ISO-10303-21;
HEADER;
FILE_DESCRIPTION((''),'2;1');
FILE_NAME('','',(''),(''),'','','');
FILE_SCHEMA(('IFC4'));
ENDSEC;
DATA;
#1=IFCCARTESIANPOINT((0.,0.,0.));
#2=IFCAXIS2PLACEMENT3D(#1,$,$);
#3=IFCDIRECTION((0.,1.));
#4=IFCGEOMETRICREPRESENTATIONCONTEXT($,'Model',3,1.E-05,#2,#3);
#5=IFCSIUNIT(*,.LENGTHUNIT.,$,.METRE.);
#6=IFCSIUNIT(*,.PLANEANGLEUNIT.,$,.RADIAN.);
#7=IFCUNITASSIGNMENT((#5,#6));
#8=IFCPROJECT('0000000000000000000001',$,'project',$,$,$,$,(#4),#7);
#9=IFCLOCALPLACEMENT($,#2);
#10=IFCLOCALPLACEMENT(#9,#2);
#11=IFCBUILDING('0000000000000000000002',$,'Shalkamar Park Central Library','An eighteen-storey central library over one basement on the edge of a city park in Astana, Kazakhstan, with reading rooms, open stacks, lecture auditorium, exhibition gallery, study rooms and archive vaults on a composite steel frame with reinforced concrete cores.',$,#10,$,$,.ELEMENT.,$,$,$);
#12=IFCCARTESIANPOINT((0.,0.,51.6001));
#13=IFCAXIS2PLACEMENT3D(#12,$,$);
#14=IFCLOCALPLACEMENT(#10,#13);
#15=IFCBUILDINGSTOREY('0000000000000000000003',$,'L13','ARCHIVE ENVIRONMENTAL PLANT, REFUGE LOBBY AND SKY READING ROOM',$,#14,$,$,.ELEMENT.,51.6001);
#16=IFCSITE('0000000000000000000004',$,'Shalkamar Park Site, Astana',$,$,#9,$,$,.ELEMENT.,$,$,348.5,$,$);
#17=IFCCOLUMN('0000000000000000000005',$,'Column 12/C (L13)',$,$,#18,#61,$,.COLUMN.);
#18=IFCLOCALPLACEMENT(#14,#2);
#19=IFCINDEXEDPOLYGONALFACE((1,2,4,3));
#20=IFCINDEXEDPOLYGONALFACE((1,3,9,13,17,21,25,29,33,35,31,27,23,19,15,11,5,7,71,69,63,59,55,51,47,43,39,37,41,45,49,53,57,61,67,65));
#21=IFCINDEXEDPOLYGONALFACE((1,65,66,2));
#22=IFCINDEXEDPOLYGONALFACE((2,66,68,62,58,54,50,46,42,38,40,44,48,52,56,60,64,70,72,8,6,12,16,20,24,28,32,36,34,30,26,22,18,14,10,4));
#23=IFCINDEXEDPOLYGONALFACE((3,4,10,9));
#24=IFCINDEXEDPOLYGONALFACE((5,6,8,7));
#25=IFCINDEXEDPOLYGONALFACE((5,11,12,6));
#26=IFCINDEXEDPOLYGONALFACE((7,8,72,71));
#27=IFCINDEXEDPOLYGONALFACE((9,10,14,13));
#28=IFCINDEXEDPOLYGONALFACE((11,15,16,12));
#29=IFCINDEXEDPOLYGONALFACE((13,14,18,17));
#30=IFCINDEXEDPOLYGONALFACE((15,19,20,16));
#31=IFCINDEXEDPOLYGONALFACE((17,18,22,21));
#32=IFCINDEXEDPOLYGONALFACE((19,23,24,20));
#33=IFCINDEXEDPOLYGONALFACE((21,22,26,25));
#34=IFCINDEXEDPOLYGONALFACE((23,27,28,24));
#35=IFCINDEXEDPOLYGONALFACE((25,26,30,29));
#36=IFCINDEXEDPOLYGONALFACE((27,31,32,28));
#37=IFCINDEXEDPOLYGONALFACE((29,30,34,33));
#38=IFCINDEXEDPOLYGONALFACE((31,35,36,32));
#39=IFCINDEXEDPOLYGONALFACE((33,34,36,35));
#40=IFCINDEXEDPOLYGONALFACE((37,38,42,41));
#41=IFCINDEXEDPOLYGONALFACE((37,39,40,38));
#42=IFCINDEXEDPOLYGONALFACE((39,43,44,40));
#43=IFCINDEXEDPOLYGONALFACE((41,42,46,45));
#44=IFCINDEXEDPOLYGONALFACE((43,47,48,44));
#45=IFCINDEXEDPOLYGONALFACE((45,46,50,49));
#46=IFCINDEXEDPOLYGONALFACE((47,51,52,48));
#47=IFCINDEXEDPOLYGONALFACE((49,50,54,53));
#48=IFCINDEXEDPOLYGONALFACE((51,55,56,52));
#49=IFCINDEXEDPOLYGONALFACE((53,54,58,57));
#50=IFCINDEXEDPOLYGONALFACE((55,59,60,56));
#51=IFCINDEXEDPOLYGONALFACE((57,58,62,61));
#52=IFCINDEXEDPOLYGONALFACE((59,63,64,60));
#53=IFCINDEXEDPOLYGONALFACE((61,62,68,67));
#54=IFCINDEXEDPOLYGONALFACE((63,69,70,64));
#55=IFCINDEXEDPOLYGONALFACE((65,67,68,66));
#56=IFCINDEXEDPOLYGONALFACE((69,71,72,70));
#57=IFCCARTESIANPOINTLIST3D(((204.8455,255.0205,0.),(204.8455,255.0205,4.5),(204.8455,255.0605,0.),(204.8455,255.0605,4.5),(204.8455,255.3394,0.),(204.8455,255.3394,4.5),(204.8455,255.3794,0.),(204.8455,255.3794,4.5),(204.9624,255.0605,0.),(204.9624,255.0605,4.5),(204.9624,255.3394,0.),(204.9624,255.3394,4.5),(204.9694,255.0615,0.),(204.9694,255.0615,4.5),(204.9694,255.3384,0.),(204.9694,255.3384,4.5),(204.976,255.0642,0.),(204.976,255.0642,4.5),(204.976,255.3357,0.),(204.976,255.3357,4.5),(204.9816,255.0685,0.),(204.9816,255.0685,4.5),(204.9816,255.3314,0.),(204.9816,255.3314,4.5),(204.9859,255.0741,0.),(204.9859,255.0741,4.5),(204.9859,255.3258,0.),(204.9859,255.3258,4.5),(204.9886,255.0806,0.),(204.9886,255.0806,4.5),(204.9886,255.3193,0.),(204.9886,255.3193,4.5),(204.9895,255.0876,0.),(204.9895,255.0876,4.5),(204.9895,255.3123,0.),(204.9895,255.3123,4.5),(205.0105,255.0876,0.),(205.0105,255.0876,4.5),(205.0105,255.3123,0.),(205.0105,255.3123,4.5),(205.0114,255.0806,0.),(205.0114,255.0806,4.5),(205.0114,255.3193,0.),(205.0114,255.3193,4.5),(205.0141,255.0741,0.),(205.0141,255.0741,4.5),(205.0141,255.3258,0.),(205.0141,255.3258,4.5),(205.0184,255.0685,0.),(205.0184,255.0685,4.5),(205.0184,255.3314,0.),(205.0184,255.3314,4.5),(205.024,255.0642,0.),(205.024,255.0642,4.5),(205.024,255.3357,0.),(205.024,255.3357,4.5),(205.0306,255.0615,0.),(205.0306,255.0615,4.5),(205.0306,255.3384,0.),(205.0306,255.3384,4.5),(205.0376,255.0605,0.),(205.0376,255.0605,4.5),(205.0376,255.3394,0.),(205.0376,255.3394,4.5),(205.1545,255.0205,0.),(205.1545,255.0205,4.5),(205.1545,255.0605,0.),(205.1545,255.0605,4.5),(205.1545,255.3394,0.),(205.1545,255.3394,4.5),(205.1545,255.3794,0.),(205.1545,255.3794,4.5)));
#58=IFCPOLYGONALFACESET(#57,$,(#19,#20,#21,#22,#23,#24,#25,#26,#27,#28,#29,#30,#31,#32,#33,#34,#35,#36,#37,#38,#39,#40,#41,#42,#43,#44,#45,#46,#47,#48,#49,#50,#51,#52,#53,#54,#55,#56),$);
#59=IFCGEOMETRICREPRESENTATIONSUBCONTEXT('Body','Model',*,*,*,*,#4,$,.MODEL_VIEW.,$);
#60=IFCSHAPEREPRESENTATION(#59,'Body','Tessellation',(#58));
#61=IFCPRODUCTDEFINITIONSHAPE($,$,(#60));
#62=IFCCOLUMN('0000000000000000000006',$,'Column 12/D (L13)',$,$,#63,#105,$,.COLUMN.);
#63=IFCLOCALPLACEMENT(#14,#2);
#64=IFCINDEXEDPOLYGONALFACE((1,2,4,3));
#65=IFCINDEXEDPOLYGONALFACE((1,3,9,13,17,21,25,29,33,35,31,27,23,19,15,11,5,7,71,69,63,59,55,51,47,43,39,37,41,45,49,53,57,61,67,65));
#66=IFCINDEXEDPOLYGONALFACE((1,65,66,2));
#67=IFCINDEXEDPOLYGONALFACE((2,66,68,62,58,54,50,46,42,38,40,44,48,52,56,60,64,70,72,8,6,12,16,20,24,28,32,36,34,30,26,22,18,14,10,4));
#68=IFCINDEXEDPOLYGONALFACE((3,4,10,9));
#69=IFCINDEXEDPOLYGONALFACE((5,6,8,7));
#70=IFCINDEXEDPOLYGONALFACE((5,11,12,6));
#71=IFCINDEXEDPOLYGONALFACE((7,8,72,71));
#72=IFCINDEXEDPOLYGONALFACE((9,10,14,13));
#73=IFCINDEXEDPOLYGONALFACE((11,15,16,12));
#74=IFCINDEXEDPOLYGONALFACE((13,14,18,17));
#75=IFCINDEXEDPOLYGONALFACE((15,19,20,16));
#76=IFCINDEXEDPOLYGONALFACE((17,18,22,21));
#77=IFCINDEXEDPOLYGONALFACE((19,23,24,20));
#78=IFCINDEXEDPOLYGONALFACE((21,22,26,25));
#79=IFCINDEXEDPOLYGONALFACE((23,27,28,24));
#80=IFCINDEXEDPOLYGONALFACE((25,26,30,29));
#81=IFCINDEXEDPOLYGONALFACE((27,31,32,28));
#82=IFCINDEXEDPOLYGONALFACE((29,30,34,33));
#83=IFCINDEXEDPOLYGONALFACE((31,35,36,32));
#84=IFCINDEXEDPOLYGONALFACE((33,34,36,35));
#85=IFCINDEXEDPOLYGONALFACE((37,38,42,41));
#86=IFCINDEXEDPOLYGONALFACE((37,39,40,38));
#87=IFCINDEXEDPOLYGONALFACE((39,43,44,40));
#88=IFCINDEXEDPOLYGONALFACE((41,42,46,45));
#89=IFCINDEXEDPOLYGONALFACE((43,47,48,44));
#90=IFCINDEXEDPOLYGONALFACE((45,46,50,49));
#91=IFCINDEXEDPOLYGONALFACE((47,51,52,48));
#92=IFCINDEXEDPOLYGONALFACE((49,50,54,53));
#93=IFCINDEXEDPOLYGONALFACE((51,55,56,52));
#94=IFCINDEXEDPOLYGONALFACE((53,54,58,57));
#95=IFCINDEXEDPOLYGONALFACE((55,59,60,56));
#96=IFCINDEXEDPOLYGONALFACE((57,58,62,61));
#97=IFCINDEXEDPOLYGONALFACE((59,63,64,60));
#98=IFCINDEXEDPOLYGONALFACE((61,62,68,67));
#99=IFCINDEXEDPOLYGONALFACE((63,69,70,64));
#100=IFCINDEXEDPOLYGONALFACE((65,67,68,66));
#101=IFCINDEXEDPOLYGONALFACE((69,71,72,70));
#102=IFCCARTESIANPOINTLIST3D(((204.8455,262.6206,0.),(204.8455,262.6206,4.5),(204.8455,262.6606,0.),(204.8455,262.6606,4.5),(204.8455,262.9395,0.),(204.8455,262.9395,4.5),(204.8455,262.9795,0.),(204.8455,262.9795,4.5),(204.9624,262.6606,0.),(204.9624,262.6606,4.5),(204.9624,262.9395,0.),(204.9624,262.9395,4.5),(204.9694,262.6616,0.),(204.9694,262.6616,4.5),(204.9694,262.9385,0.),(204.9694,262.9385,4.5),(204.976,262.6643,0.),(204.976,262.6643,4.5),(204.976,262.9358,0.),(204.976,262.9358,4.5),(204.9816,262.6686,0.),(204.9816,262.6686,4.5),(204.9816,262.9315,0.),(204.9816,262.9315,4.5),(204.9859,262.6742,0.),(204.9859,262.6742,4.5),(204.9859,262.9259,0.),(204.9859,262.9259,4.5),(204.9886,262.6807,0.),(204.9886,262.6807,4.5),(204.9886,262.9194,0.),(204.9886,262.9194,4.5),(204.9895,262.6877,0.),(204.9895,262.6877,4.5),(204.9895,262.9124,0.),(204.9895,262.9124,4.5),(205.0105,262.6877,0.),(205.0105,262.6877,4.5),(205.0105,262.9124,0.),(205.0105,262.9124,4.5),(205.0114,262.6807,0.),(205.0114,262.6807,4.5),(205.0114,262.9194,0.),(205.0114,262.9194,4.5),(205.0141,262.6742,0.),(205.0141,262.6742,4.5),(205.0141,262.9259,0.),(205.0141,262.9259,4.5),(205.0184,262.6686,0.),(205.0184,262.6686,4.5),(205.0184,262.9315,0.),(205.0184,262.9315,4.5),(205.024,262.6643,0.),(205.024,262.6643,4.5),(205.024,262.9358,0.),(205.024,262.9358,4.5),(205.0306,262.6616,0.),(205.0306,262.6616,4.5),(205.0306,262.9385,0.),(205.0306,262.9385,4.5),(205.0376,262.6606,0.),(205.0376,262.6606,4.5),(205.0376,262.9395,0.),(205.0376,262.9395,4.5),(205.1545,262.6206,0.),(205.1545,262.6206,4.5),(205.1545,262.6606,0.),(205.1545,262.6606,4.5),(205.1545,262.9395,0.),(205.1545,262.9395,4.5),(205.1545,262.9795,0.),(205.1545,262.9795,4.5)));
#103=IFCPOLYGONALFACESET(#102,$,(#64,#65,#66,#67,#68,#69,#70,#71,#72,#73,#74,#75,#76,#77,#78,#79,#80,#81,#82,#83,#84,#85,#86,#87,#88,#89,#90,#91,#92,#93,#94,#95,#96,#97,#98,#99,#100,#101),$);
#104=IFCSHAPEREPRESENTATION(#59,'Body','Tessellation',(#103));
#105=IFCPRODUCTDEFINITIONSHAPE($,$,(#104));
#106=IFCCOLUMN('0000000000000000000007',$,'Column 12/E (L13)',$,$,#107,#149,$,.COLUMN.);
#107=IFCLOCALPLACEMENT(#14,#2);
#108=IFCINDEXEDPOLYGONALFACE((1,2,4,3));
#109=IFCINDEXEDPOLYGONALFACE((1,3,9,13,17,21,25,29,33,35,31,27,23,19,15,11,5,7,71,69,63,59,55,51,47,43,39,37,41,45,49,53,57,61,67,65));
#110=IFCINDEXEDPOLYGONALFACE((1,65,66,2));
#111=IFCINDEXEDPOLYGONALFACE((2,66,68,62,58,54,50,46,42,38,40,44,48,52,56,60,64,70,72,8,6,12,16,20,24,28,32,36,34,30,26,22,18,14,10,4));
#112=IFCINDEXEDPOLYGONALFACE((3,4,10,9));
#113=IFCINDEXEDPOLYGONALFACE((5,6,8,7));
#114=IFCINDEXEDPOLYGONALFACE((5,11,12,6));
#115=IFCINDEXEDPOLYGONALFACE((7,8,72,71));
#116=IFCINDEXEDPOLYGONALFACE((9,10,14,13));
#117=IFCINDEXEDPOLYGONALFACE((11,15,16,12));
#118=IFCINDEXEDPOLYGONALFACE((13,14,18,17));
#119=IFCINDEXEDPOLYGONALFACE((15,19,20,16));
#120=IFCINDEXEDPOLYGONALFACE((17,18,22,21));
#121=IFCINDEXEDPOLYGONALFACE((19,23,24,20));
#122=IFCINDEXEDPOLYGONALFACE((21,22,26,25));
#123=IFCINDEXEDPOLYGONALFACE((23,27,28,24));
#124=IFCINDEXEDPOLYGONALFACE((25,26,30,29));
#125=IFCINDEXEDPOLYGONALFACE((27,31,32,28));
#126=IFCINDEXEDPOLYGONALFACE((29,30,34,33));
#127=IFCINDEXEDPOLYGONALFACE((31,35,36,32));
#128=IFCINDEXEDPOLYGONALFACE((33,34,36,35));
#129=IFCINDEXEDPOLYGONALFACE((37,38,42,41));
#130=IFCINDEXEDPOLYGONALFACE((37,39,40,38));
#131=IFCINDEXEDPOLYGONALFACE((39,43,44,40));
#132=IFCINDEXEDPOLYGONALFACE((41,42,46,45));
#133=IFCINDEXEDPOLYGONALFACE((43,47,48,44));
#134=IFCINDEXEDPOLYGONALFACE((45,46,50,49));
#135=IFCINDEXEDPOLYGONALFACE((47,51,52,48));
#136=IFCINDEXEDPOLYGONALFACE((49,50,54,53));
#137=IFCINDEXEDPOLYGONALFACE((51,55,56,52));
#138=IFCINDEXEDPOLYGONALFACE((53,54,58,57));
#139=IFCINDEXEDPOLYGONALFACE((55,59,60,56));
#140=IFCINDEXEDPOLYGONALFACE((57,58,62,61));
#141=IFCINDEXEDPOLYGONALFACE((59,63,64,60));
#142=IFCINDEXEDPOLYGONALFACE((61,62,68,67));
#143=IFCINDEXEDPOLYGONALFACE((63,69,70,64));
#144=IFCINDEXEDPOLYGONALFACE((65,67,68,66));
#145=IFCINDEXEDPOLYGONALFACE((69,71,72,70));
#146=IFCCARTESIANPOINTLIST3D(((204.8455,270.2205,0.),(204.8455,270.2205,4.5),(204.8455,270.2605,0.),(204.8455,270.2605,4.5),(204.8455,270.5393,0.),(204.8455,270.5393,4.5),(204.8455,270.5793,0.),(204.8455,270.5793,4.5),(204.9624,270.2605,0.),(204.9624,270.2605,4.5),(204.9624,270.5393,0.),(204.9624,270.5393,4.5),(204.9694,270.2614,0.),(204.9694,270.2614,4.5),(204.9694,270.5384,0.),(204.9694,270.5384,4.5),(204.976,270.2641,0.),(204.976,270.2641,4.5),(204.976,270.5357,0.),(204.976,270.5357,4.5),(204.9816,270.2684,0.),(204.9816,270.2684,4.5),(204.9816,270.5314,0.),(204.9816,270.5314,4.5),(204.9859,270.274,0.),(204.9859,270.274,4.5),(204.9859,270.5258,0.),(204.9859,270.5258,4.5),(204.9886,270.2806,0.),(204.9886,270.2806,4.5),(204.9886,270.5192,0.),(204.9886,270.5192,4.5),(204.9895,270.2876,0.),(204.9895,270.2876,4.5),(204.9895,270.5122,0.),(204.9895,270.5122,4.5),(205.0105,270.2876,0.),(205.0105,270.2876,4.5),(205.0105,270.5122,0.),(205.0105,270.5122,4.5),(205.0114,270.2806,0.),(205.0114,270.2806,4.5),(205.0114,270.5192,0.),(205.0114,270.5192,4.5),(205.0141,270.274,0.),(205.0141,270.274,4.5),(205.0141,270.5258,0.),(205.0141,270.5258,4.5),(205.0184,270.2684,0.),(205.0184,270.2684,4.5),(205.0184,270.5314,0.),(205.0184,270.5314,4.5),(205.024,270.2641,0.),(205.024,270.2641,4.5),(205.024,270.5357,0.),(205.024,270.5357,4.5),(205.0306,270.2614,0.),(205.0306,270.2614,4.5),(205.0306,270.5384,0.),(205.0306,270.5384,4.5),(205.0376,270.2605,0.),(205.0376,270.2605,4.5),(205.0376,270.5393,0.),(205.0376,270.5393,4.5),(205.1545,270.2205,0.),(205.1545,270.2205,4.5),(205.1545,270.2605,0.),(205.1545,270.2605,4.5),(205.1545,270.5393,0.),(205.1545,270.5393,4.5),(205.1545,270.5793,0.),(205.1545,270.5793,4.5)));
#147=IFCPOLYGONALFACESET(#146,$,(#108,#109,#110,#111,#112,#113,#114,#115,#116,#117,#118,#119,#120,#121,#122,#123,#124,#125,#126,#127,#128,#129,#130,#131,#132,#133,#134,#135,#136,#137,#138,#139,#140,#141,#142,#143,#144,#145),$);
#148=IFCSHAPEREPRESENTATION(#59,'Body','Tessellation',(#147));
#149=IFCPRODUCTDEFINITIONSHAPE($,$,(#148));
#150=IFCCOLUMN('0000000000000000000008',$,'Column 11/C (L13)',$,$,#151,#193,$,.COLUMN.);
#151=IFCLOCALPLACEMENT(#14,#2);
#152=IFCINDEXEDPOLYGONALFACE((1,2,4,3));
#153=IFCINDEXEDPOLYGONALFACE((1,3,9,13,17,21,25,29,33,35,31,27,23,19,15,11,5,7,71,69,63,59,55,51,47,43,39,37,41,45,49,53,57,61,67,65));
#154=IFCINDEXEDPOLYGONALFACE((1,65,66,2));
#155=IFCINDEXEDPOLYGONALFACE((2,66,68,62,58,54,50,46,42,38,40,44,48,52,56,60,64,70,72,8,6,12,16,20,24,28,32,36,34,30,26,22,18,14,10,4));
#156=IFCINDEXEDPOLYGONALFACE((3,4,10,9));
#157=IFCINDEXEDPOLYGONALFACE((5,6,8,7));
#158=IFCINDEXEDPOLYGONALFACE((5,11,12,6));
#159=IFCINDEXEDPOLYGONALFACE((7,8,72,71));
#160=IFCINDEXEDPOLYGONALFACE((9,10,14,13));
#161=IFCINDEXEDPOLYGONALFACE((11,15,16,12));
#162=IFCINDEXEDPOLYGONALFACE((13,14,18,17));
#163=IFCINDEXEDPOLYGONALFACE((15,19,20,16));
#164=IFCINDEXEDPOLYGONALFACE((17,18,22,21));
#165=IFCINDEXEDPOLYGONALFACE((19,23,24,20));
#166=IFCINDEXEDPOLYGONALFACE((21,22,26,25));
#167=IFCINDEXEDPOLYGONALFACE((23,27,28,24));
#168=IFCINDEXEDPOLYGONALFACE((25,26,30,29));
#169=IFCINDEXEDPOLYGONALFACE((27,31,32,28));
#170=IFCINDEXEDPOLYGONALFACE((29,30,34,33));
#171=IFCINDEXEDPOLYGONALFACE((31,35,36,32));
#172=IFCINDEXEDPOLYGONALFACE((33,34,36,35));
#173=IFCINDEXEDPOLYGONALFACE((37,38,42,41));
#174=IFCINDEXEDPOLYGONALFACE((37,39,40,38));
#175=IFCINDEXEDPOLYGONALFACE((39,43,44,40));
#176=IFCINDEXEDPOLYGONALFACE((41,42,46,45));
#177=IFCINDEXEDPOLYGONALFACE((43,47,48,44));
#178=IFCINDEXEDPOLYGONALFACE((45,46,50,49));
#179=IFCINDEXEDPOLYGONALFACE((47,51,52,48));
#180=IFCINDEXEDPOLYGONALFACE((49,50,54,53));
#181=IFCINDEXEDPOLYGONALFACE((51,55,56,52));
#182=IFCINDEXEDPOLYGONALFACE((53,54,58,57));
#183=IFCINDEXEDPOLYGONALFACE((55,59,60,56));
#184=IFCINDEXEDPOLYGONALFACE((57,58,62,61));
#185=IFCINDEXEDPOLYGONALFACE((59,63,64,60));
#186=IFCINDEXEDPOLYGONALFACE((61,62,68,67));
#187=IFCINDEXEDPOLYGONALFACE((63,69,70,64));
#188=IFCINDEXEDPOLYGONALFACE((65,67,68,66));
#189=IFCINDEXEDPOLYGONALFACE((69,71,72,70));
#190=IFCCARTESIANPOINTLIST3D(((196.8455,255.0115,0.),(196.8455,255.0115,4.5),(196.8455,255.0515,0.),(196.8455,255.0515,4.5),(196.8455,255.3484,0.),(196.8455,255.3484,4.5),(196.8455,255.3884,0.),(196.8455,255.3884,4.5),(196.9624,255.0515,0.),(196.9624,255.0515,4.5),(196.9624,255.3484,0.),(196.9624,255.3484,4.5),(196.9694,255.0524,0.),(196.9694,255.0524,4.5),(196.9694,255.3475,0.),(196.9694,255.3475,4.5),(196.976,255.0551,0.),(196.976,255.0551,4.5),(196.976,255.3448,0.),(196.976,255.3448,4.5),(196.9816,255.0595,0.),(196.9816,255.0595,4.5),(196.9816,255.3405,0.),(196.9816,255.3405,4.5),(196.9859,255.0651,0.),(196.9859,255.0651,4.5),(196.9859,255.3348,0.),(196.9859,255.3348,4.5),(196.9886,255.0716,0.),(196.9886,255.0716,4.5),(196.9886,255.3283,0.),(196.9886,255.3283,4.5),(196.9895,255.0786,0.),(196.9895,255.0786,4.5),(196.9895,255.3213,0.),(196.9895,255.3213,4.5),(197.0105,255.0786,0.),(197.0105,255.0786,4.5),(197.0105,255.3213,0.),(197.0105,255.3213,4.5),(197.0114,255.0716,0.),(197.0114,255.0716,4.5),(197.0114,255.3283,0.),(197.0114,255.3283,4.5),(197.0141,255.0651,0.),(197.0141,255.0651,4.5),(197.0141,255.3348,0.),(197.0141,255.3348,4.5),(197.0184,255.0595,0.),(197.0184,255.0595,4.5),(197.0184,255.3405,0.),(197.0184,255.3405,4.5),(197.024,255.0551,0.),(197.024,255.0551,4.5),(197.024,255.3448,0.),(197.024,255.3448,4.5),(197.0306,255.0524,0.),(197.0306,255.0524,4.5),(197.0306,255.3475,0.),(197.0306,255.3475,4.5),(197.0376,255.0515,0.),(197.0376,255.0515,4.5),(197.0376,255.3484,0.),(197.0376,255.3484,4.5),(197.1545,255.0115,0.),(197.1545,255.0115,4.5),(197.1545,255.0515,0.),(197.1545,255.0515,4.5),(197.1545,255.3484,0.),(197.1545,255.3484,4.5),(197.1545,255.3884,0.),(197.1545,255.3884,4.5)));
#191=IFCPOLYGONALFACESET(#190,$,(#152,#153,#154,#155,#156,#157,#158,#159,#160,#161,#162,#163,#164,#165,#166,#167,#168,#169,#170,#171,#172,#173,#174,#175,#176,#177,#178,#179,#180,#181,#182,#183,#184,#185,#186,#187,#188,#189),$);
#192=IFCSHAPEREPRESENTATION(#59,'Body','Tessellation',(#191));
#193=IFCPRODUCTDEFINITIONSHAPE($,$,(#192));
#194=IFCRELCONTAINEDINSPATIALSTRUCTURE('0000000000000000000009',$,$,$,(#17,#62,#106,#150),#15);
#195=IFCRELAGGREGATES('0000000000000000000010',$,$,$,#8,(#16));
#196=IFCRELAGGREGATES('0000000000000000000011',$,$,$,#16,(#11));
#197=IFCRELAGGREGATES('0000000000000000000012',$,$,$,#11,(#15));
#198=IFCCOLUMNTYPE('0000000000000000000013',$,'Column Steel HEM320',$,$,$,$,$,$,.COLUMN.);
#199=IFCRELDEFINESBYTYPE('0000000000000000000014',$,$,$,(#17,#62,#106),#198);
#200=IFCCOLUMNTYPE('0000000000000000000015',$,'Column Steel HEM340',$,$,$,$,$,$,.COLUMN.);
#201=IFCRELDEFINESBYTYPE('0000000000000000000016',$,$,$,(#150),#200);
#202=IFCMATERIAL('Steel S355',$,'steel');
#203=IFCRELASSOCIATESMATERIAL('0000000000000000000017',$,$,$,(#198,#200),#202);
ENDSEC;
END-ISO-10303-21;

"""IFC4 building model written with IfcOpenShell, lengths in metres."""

from ifc_helpers import new_model, si_unit, direction, frame, origin, origin_2d, place, context, subcontext, project, spatial, i_section, extrude, material, material_profile, profile_set, type_object, element, save


model = new_model("IFC4")

# Units and contexts
model_context = context("Model", 3, precision=1e-05, world=origin(), true_north=direction((0.0, 1.0)))
body_context = subcontext(model_context, "Body", "Model", "MODEL_VIEW")
ifc_project = project(units=[si_unit("LENGTHUNIT", "METRE"), si_unit("PLANEANGLEUNIT", "RADIAN")], contexts=[model_context])

# Site, building, storey
site_placement = place(None, origin())
site = spatial("IfcSite", under=ifc_project, at=site_placement, Name="Shalkamar Park Site, Astana", CompositionType="ELEMENT", RefElevation=348.5)
building_placement = place(site_placement, origin())
building = spatial("IfcBuilding", under=site, at=building_placement, Name="Shalkamar Park Central Library", Description="An eighteen-storey central library over one basement on the edge of a city park in Astana, Kazakhstan, with reading rooms, open stacks, lecture auditorium, exhibition gallery, study rooms and archive vaults on a composite steel frame with reinforced concrete cores.", CompositionType="ELEMENT")
storey_placement = place(building_placement, frame((0.0, 0.0, 51.6001)))
storey = spatial("IfcBuildingStorey", under=building, at=storey_placement, Name="L13", Description="ARCHIVE ENVIRONMENTAL PLANT, REFUGE LOBBY AND SKY READING ROOM", CompositionType="ELEMENT", Elevation=51.6001)

# Columns
ifc_material_1 = material(Name="Steel S355", Category="steel")
ifc_material_profile_1 = material_profile(ifc_material_1, i_section(OverallWidth=0.3091, OverallDepth=0.3589, WebThickness=0.021, FlangeThickness=0.04, FilletRadius=0.0271, at=origin_2d()), Name="HEM 320")
ifc_profile_set_1 = profile_set([ifc_material_profile_1], Name="Steel S355")
column_type_1 = type_object("IfcColumnType", Name="Column Steel HEM320", PredefinedType="COLUMN", material=ifc_profile_set_1)
for number, where, z_axis, x_axis, name in (
    (1, (205.0, 255.2, 0.0), (0.0, 0.0, 1.0), (1.0, 0.0, 0.0), "Column 12/C (L13)"),
    (2, (205.0, 262.8, 0.0), (0.0, 0.0, 1.0), (1.0, 0.0, 0.0), "Column 12/D (L13)"),
    (3, (205.0, 270.3999, 0.0), (0.0, 0.0, 1.0), (1.0, 0.0, 0.0), "Column 12/E (L13)"),
):
    element("IfcColumn", number, at=place(storey_placement, frame(where, z_axis=z_axis, x_axis=x_axis)), inside=storey, type_object=column_type_1, Name=name, PredefinedType="COLUMN", context=body_context, shape_type="SweptSolid", body=[
        extrude(i_section(OverallWidth=0.3091, OverallDepth=0.3589, WebThickness=0.021, FlangeThickness=0.04, FilletRadius=0.0271, at=origin_2d()), origin(), (0.0, 0.0, 1.0), 4.5),
    ])
ifc_material_profile_2 = material_profile(ifc_material_1, i_section(OverallWidth=0.3091, OverallDepth=0.377, WebThickness=0.021, FlangeThickness=0.04, FilletRadius=0.0271, at=origin_2d()), Name="HEM 340")
ifc_profile_set_2 = profile_set([ifc_material_profile_2], Name="Steel S355")
column_type_2 = type_object("IfcColumnType", Name="Column Steel HEM340", PredefinedType="COLUMN", material=ifc_profile_set_2)
for number, where, z_axis, x_axis, name in (
    (4, (197.0, 255.2, 0.0), (0.0, 0.0, 1.0), (1.0, 0.0, 0.0), "Column 11/C (L13)"),
):
    element("IfcColumn", number, at=place(storey_placement, frame(where, z_axis=z_axis, x_axis=x_axis)), inside=storey, type_object=column_type_2, Name=name, PredefinedType="COLUMN", context=body_context, shape_type="SweptSolid", body=[
        extrude(i_section(OverallWidth=0.3091, OverallDepth=0.377, WebThickness=0.021, FlangeThickness=0.04, FilletRadius=0.0271, at=origin_2d()), origin(), (0.0, 0.0, 1.0), 4.5),
    ])

save(model, "model.ifc")
